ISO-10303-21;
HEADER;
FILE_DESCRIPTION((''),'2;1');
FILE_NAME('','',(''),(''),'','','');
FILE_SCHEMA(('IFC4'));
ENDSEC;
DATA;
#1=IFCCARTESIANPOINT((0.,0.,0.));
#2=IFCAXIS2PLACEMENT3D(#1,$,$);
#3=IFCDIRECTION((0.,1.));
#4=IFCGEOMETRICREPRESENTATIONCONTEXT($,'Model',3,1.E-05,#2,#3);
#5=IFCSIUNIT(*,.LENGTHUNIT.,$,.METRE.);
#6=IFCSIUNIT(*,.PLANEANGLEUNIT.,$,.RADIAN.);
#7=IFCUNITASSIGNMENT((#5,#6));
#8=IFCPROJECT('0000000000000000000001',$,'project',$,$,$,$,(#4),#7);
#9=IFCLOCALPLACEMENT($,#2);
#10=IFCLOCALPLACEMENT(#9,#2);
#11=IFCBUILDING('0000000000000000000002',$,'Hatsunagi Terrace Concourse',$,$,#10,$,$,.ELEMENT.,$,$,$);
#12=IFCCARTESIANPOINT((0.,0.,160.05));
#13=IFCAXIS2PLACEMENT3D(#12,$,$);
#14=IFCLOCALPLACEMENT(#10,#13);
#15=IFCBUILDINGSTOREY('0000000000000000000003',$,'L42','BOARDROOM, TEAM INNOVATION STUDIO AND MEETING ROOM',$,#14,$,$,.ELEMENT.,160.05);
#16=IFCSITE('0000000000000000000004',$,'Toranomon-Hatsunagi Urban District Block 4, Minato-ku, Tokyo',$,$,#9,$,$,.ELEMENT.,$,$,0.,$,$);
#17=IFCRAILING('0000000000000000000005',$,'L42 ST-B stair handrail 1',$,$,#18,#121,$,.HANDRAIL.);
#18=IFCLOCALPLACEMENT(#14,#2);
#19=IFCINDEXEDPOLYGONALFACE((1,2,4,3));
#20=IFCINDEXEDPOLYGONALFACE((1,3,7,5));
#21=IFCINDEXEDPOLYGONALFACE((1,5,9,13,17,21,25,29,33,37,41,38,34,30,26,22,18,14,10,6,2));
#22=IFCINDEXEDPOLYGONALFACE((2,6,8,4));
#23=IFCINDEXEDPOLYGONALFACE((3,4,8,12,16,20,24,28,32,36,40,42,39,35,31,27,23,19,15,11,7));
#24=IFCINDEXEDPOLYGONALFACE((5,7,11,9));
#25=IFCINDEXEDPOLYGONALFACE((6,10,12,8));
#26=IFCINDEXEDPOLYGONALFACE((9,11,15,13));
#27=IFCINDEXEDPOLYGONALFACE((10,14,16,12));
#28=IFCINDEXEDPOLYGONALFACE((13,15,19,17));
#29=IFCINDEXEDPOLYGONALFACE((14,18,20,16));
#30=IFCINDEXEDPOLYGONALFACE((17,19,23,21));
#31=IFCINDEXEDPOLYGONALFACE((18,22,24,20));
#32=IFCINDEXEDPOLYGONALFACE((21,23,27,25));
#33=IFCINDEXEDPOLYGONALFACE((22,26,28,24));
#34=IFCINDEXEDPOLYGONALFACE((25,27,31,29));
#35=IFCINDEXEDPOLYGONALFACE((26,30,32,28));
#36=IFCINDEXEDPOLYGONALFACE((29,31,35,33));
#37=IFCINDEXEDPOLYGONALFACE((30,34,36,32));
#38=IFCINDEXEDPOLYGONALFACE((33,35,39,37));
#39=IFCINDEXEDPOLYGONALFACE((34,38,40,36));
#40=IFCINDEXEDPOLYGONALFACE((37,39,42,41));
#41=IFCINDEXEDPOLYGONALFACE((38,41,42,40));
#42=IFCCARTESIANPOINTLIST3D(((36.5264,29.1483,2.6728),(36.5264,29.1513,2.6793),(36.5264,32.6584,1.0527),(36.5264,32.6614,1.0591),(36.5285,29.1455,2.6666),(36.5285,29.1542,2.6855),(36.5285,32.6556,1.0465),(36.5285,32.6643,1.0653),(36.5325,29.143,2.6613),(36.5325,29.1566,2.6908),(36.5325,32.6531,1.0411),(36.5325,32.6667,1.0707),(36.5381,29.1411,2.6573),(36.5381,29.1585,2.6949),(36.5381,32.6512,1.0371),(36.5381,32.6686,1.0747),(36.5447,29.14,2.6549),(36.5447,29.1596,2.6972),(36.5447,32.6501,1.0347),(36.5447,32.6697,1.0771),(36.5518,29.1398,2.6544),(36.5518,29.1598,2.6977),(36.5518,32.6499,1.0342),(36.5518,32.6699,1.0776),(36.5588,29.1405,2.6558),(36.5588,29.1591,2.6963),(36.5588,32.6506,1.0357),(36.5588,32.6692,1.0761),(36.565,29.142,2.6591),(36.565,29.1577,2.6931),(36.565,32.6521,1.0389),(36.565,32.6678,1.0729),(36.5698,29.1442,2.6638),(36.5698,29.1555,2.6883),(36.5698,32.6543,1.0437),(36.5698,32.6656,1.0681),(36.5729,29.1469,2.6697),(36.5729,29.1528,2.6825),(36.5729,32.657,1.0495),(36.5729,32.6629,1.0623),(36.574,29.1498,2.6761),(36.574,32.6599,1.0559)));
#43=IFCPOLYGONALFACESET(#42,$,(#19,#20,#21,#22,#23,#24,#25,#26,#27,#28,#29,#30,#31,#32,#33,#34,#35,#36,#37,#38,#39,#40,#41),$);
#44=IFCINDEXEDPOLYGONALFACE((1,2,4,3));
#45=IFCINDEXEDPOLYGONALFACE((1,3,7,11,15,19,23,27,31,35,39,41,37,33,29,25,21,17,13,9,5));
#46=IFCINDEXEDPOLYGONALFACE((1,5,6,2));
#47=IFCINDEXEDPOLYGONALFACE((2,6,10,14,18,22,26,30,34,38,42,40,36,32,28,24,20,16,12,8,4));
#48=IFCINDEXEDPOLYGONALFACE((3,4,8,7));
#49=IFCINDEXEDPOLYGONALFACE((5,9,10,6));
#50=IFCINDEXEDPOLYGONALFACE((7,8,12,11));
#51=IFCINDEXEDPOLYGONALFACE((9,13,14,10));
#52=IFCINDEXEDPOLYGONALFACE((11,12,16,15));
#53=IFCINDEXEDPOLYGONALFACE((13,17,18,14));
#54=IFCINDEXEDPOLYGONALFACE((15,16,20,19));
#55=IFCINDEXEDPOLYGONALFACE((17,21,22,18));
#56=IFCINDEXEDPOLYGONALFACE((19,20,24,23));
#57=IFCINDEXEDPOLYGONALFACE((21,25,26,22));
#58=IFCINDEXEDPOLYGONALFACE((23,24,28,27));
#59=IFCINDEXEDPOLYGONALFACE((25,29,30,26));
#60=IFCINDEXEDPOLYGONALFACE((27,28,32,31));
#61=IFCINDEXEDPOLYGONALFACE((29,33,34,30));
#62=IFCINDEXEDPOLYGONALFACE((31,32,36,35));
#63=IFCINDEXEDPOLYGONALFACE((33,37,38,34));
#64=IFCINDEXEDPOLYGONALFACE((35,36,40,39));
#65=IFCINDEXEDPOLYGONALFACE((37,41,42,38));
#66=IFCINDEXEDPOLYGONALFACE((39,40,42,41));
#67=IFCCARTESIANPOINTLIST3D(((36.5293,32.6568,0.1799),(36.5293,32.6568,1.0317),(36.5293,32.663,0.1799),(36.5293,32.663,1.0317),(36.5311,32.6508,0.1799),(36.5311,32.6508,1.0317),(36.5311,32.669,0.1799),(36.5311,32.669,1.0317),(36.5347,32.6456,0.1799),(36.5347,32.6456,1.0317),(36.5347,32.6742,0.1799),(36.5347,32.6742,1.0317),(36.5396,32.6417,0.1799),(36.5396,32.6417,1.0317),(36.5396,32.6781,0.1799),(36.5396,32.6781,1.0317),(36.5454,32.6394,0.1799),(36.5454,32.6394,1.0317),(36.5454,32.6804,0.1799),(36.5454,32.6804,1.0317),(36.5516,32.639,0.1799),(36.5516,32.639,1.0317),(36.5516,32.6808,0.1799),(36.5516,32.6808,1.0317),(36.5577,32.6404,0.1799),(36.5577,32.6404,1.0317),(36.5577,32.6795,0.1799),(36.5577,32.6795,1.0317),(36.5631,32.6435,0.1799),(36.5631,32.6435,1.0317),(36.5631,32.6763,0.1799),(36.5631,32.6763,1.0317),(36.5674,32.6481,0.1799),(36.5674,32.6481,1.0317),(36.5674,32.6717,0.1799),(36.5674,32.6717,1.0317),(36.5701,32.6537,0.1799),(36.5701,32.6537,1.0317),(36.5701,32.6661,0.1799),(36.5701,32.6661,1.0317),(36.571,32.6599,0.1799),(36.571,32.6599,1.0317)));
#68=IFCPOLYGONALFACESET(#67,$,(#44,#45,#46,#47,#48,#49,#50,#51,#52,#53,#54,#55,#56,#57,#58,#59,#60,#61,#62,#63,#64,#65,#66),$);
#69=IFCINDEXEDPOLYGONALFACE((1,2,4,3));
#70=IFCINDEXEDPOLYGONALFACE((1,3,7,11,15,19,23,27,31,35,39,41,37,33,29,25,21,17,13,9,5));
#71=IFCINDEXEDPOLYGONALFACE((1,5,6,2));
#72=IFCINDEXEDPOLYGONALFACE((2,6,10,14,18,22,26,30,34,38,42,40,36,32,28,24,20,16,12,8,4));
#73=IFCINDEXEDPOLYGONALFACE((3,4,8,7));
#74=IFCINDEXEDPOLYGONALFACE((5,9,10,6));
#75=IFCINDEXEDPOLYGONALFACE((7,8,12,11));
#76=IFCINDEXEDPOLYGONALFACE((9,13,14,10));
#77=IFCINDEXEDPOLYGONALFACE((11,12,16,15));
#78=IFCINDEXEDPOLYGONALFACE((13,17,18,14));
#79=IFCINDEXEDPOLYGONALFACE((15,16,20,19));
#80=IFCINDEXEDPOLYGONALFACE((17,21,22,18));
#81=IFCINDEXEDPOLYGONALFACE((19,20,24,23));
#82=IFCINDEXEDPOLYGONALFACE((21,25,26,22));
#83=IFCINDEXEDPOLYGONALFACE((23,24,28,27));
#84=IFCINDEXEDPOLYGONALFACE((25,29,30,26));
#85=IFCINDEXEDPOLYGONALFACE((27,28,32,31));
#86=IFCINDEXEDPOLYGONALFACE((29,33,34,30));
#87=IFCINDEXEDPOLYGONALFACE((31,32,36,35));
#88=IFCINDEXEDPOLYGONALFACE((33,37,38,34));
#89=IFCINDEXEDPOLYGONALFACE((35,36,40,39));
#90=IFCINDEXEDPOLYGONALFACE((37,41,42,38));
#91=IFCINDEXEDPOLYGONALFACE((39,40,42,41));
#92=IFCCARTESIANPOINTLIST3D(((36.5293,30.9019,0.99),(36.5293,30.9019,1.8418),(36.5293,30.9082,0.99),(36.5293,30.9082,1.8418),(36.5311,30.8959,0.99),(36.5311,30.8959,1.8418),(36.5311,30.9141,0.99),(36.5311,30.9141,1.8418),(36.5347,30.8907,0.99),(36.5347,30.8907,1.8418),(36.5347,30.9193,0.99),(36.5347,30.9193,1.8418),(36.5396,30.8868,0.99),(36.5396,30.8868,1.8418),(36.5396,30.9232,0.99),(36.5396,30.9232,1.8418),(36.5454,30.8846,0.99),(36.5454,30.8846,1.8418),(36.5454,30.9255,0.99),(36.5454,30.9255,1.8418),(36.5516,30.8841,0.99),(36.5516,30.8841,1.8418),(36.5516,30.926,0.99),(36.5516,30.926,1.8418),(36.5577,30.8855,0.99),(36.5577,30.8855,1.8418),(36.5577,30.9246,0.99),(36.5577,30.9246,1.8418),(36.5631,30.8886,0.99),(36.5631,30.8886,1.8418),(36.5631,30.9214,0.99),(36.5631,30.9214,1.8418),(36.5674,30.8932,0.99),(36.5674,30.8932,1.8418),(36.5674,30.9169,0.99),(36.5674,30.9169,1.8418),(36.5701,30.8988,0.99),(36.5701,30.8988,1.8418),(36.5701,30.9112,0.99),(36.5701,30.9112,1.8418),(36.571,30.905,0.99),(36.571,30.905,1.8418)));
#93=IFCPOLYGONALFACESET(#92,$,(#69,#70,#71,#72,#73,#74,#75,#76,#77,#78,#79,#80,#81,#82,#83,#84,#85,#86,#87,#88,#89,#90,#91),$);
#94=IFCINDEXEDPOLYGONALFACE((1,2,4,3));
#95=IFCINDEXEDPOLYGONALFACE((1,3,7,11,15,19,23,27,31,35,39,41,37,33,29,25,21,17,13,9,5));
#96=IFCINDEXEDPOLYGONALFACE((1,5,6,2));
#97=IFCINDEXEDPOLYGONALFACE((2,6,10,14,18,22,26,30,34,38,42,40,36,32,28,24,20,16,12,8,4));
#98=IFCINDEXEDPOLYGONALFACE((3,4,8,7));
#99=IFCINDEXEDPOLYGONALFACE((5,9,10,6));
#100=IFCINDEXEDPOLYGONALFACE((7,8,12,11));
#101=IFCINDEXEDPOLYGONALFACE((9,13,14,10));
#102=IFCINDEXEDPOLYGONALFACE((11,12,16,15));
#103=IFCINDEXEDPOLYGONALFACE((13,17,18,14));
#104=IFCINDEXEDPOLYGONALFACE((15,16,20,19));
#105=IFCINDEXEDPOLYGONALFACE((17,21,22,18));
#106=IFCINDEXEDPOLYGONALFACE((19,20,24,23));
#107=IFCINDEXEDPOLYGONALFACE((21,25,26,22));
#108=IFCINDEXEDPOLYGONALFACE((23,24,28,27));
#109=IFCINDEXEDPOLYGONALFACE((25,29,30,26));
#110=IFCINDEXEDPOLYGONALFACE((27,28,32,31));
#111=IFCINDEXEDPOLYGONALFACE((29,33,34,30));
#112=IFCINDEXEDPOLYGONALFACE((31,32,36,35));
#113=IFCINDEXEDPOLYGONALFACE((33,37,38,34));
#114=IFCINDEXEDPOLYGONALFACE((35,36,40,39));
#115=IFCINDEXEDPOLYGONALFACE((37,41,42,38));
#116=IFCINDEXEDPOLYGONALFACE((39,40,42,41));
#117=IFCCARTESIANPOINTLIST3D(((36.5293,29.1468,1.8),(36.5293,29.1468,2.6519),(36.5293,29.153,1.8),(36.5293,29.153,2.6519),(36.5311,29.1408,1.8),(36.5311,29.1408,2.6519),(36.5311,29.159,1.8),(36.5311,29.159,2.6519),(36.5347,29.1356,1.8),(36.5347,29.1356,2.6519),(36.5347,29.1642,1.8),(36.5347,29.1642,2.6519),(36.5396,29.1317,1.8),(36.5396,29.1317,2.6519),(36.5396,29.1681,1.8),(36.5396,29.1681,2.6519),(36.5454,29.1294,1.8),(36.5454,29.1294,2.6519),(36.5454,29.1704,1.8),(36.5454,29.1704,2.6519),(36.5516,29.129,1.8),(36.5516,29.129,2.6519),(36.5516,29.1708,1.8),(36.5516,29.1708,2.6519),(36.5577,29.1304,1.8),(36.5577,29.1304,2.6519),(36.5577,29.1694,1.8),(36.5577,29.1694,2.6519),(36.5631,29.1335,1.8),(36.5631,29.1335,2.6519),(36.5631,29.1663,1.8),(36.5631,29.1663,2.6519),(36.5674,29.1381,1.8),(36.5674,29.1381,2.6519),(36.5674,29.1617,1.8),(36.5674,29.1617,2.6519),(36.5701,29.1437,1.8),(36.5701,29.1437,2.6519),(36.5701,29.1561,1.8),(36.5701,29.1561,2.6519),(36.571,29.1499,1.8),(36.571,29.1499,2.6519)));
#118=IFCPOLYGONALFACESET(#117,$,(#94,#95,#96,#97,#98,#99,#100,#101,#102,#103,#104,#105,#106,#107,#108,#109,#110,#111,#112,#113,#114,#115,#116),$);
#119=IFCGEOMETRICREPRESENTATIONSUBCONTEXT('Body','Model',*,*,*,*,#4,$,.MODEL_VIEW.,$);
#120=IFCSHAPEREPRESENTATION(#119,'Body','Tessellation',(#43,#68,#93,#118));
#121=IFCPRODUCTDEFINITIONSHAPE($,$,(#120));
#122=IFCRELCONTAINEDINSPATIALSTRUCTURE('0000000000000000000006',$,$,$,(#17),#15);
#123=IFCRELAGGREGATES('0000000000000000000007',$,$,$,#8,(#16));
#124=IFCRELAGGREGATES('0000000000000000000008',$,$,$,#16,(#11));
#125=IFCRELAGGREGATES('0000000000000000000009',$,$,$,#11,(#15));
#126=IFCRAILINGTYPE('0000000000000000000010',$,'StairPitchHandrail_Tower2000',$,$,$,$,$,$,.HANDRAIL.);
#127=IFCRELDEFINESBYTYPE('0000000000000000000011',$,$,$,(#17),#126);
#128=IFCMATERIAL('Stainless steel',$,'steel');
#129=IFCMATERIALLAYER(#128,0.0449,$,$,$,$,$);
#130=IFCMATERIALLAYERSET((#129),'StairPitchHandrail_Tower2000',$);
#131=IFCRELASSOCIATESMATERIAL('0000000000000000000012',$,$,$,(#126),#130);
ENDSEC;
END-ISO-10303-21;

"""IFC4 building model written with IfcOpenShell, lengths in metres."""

from ifc_helpers import new_model, si_unit, direction, frame, origin, origin_2d, place, context, subcontext, project, spatial, circle, extrude, material, layer, layer_set, type_object, element, save


model = new_model("IFC4")

# Units and contexts
model_context = context("Model", 3, precision=1e-05, world=origin(), true_north=direction((0.0, 1.0)))
body_context = subcontext(model_context, "Body", "Model", "MODEL_VIEW")
ifc_project = project(units=[si_unit("LENGTHUNIT", "METRE"), si_unit("PLANEANGLEUNIT", "RADIAN")], contexts=[model_context])

# Site, building, storey
site_placement = place(None, origin())
site = spatial("IfcSite", under=ifc_project, at=site_placement, Name="Toranomon-Hatsunagi Urban District Block 4, Minato-ku, Tokyo", CompositionType="ELEMENT", RefElevation=0.0)
building_placement = place(site_placement, origin())
building = spatial("IfcBuilding", under=site, at=building_placement, Name="Hatsunagi Terrace Concourse", CompositionType="ELEMENT")
storey_placement = place(building_placement, frame((0.0, 0.0, 160.05)))
storey = spatial("IfcBuildingStorey", under=building, at=storey_placement, Name="L42", Description="BOARDROOM, TEAM INNOVATION STUDIO AND MEETING ROOM", CompositionType="ELEMENT", Elevation=160.05)

# Railing
ifc_material_1 = material(Name="Stainless steel", Category="steel")
ifc_layer_1 = layer(ifc_material_1, 0.0449)
ifc_layer_set_1 = layer_set([ifc_layer_1], Name="StairPitchHandrail_Tower2000")
railing_type_1 = type_object("IfcRailingType", Name="StairPitchHandrail_Tower2000", PredefinedType="HANDRAIL", material=ifc_layer_set_1)
railing_1_placement = place(storey_placement, frame((36.55, 32.6599, 0.1799)))
element("IfcRailing", 1, at=railing_1_placement, inside=storey, type_object=railing_type_1, Name="L42 ST-B stair handrail 1", PredefinedType="HANDRAIL", context=body_context, shape_type="SweptSolid", body=[
    extrude(circle(Radius=0.0239, at=origin_2d()), frame((0.0, 0.0, 0.876), z_axis=(0.0, -0.907948, 0.419082), x_axis=(1.0, 0.0, 0.0)), (0.0, 0.0, 1.0), 3.866),
    extrude(circle(Radius=0.021, at=origin_2d()), origin(), (0.0, 0.0, 1.0), 0.8518),
    extrude(circle(Radius=0.021, at=origin_2d()), frame((0.0, -1.7549, 0.8101)), (0.0, 0.0, 1.0), 0.8518),
    extrude(circle(Radius=0.021, at=origin_2d()), frame((0.0, -3.51, 1.6201)), (0.0, 0.0, 1.0), 0.8518),
])

save(model, "model.ifc")
